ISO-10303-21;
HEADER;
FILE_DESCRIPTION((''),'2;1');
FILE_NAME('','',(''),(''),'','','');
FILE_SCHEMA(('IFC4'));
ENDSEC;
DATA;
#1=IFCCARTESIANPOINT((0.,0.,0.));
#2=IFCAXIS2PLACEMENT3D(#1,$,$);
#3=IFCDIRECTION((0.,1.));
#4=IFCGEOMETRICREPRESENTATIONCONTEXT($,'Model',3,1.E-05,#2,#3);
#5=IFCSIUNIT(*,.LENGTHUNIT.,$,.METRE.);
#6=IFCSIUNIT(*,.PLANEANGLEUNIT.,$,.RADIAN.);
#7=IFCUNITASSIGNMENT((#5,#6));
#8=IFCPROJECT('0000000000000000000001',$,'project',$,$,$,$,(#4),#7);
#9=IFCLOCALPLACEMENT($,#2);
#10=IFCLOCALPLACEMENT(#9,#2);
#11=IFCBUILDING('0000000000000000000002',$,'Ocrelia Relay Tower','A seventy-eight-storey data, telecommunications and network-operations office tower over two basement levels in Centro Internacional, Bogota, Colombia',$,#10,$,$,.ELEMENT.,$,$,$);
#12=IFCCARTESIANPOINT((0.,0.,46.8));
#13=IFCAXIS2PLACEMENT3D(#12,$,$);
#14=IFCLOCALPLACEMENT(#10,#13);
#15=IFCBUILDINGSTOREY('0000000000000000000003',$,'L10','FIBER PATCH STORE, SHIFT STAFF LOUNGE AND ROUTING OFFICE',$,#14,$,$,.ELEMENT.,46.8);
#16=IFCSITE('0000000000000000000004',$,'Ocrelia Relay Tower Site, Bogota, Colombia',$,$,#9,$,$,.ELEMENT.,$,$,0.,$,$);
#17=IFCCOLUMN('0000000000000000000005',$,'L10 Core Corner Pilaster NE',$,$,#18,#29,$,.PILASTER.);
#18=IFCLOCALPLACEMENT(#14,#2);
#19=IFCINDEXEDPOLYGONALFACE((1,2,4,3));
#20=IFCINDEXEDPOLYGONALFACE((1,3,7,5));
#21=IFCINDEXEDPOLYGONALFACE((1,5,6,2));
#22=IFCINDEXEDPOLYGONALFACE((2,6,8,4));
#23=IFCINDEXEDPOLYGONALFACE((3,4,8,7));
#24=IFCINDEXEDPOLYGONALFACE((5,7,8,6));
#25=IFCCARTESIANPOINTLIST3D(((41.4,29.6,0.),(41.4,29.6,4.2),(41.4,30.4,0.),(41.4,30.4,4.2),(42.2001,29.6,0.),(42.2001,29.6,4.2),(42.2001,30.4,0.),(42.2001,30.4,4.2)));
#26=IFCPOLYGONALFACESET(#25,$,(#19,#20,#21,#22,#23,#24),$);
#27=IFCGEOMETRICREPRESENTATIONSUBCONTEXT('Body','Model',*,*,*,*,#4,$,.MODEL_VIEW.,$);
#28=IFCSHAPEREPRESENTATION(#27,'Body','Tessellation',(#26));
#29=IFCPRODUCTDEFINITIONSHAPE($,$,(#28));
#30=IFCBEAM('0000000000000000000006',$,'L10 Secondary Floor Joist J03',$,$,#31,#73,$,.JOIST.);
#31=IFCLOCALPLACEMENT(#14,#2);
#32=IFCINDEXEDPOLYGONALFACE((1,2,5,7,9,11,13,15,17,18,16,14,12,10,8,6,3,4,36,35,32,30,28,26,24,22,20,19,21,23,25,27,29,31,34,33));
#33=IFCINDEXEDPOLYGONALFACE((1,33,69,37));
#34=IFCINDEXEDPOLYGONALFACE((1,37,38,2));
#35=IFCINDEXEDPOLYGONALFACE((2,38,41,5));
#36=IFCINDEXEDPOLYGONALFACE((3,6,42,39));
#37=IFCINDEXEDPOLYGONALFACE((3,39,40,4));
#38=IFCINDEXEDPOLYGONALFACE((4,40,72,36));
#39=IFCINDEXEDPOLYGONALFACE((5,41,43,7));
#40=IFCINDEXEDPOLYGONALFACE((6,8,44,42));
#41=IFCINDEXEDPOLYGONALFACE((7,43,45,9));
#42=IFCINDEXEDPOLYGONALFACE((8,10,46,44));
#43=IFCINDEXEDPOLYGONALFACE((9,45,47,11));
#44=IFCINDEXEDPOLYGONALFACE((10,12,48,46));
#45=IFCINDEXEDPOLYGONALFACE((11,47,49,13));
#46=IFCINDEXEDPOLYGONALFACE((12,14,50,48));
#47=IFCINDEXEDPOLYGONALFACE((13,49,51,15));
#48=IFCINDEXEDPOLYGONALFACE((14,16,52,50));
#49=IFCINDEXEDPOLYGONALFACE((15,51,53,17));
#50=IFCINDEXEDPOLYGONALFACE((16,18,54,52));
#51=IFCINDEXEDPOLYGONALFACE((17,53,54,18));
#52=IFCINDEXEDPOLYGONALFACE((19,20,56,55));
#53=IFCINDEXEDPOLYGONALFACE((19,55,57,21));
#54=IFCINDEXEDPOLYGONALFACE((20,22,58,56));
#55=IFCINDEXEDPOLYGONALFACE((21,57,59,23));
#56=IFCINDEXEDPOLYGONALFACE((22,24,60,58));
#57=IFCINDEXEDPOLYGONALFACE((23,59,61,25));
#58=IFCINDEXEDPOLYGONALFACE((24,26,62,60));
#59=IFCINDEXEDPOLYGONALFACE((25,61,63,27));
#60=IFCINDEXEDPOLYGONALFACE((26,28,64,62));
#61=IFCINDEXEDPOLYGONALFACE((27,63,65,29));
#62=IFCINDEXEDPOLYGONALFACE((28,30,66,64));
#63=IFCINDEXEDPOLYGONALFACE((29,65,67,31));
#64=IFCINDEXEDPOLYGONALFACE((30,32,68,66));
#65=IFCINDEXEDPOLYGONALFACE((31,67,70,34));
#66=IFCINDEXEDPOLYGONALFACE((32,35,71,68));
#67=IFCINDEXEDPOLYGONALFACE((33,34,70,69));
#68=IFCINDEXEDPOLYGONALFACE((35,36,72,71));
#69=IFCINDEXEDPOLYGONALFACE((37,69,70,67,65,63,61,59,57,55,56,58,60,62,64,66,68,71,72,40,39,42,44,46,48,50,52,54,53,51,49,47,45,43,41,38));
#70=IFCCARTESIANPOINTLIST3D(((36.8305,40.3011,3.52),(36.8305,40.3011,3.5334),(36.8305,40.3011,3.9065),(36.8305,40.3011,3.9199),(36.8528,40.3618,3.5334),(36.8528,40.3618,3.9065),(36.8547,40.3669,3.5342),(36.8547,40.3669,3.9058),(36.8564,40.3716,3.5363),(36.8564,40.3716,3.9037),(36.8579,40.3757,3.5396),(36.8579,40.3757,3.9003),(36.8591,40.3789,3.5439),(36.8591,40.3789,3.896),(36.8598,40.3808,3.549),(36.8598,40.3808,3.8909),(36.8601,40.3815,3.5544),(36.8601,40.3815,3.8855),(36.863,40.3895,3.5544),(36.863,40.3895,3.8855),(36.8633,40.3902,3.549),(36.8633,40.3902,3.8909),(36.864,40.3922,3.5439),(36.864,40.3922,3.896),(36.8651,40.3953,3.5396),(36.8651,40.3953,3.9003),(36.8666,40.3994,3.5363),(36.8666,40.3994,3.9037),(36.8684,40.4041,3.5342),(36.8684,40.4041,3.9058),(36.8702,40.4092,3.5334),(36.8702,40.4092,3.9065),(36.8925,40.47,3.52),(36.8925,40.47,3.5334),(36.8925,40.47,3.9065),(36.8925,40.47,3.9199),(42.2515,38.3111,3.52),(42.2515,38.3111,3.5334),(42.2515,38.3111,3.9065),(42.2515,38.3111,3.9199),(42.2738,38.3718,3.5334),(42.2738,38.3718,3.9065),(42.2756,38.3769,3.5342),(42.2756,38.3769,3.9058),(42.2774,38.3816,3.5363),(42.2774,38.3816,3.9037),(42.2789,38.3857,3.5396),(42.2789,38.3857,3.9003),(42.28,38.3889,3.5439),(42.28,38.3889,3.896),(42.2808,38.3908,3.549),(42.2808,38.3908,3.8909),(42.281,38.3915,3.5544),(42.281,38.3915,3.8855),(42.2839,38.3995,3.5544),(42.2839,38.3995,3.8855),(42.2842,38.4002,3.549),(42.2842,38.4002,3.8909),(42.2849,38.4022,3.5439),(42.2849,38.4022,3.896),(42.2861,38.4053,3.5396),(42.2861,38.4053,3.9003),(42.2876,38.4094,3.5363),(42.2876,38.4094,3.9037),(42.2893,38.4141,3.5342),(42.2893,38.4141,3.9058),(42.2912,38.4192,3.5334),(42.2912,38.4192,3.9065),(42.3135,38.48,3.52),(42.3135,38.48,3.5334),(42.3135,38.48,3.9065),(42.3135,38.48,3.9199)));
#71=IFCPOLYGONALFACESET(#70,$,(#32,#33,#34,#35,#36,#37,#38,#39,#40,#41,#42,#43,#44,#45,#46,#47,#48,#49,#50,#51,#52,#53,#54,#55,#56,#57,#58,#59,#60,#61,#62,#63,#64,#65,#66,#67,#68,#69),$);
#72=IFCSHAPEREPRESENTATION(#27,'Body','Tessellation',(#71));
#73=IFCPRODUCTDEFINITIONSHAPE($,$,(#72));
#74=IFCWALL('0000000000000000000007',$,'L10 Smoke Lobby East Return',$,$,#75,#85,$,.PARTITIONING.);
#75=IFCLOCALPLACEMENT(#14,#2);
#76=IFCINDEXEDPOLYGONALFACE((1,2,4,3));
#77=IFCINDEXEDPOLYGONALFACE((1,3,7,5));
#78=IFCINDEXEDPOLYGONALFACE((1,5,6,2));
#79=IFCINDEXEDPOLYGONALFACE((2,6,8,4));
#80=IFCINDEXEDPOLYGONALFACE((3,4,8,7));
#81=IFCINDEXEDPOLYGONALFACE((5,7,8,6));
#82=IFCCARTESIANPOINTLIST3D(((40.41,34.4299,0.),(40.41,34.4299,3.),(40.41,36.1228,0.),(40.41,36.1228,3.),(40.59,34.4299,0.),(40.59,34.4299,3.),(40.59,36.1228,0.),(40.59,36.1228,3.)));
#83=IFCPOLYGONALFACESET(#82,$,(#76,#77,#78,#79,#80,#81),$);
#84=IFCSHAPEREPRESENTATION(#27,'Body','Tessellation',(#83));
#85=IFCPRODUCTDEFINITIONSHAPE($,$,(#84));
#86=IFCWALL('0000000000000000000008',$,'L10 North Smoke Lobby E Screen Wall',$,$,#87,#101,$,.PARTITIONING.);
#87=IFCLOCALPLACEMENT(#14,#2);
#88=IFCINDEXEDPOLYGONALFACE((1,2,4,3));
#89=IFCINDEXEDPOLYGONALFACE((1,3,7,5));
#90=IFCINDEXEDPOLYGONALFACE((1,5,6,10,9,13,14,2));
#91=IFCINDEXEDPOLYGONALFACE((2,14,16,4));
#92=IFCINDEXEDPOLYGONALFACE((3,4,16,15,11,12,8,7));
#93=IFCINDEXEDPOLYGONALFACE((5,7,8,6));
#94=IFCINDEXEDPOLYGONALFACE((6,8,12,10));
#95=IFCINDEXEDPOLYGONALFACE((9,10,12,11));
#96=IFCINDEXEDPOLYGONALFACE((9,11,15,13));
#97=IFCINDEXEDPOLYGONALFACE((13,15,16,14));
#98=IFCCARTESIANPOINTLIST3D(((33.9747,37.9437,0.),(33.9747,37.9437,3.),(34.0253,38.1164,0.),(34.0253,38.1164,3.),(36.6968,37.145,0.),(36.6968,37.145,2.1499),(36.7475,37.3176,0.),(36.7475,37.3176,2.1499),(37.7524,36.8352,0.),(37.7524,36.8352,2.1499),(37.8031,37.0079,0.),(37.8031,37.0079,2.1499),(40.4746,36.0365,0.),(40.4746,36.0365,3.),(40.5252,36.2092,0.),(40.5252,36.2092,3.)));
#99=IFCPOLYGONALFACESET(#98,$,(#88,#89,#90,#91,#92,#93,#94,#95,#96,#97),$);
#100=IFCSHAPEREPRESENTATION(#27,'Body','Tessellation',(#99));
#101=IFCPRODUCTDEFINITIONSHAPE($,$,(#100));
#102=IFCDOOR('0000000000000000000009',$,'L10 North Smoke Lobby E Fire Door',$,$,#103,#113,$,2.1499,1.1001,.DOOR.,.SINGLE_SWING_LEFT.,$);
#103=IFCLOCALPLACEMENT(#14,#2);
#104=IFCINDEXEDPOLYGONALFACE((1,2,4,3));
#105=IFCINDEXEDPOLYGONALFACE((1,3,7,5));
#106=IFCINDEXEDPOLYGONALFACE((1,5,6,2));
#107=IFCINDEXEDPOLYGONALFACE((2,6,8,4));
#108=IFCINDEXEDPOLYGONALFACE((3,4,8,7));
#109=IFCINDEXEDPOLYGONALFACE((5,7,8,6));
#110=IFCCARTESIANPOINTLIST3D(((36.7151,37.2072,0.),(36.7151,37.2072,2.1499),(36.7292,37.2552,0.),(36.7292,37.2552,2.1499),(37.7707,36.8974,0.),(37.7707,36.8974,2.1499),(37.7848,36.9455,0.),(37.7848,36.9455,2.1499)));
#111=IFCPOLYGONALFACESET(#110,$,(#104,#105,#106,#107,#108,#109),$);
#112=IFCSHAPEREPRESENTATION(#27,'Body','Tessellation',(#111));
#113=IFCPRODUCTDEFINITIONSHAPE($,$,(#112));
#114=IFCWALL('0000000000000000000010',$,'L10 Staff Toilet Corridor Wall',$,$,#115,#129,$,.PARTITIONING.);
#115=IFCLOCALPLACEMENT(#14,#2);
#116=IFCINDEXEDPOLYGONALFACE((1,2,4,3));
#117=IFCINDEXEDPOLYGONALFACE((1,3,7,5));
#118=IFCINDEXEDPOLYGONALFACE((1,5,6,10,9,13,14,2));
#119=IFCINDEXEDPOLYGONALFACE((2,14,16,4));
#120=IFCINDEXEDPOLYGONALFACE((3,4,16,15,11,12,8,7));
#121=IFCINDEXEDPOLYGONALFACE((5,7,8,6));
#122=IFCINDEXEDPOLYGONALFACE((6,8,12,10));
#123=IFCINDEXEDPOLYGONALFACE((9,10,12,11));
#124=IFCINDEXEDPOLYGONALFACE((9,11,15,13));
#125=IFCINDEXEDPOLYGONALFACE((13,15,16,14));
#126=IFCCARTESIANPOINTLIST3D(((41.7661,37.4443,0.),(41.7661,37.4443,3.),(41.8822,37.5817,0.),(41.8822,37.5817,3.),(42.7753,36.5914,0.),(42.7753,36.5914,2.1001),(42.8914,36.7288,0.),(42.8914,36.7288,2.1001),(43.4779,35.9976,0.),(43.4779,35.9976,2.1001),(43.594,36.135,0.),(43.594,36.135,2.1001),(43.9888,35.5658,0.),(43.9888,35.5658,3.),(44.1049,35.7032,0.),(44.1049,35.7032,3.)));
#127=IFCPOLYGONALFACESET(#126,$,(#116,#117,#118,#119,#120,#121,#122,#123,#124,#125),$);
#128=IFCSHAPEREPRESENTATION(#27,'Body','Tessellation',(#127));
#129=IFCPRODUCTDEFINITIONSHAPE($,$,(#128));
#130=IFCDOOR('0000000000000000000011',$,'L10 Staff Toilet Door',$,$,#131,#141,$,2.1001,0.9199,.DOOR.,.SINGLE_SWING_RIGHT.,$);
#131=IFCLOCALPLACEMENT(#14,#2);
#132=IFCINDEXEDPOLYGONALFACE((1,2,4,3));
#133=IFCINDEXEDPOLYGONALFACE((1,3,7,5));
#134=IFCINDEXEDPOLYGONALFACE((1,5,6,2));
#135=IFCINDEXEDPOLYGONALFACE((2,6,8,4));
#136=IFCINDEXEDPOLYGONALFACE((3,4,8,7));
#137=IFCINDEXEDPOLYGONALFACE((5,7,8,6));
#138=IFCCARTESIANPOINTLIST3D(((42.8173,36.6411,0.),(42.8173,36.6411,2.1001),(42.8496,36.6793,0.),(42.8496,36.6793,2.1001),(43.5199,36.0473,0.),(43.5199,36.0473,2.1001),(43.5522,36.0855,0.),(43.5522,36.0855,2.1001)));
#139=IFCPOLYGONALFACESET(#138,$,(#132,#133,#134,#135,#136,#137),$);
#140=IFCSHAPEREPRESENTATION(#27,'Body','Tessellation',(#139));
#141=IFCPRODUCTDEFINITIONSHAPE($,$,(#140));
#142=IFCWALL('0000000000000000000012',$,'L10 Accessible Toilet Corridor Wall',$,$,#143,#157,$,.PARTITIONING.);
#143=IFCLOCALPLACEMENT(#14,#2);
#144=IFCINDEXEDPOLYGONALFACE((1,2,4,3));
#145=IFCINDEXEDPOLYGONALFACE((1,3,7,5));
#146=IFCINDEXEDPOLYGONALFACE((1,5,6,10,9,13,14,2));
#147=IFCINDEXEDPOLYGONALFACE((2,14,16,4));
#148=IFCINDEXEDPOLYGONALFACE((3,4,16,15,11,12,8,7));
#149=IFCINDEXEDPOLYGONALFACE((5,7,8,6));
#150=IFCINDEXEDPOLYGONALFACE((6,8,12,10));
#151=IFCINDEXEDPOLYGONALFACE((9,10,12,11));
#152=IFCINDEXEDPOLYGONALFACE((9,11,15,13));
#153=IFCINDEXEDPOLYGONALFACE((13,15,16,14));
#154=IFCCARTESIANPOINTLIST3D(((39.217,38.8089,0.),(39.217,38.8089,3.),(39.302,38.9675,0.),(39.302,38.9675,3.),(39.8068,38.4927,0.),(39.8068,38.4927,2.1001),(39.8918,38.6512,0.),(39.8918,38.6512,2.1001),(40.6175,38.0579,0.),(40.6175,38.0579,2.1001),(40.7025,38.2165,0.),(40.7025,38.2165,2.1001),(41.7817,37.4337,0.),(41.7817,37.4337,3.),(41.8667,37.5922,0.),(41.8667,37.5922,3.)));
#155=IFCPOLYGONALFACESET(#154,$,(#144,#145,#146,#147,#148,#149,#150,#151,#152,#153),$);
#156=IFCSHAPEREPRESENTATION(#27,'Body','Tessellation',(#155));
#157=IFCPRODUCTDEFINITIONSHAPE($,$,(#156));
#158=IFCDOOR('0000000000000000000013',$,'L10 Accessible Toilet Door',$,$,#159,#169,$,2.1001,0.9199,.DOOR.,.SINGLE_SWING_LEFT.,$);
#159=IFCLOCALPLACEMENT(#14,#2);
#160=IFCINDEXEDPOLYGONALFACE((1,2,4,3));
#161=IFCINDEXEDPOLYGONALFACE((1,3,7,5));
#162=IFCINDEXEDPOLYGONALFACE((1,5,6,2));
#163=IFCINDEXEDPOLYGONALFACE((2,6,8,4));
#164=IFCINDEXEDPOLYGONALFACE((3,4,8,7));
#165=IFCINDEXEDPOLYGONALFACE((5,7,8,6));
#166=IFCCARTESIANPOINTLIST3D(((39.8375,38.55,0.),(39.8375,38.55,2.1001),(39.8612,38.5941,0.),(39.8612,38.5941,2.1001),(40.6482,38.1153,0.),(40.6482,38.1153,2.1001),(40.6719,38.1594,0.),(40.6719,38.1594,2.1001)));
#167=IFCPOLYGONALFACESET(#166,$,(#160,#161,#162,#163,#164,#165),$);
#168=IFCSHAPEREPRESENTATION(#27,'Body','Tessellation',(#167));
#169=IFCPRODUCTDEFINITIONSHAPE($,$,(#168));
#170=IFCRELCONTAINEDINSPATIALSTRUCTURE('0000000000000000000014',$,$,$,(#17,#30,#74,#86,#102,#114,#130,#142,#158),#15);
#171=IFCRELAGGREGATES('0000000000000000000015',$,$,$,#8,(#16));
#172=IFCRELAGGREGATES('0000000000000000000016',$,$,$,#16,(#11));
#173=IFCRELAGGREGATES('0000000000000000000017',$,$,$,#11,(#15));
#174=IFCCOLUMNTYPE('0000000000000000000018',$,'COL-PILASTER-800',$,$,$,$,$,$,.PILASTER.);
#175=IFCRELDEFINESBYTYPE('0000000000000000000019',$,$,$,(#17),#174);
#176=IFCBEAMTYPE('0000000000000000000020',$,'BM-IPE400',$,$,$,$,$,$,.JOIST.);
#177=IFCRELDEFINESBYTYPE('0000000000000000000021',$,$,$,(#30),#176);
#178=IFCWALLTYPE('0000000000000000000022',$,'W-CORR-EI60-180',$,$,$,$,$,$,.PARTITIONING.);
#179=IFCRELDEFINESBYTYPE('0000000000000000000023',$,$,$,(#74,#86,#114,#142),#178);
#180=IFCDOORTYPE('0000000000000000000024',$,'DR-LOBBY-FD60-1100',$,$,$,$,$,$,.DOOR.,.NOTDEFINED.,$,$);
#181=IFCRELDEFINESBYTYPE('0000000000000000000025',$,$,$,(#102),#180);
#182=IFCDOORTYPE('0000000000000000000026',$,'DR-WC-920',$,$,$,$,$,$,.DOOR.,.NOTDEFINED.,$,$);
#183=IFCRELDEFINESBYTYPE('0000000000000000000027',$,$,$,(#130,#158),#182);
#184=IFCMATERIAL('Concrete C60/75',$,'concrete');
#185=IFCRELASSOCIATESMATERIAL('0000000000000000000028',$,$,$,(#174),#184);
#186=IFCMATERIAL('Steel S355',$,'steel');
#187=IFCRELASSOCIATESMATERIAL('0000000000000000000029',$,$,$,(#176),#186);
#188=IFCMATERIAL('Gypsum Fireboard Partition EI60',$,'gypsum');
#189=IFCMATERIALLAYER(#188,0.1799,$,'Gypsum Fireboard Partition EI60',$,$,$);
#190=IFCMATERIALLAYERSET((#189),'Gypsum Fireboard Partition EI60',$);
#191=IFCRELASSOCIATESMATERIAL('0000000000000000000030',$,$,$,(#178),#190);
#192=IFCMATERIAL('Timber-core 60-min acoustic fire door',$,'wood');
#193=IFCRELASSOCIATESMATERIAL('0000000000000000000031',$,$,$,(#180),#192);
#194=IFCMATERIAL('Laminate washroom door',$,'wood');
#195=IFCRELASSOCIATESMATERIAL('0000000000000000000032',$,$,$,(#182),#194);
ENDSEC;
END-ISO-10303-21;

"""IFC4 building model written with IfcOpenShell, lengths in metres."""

from ifc_helpers import new_model, si_unit, direction, frame, frame_2d, origin, origin_2d, place, context, subcontext, project, spatial, rectangle, i_section, extrude, material, layer, layer_set, material_profile, profile_set, type_object, element, fill, save


model = new_model("IFC4")

# Units and contexts
model_context = context("Model", 3, precision=1e-05, world=origin(), true_north=direction((0.0, 1.0)))
body_context = subcontext(model_context, "Body", "Model", "MODEL_VIEW")
ifc_project = project(units=[si_unit("LENGTHUNIT", "METRE"), si_unit("PLANEANGLEUNIT", "RADIAN")], contexts=[model_context])

# Site, building, storey
site_placement = place(None, origin())
site = spatial("IfcSite", under=ifc_project, at=site_placement, Name="Ocrelia Relay Tower Site, Bogota, Colombia", CompositionType="ELEMENT", RefElevation=0.0)
building_placement = place(site_placement, origin())
building = spatial("IfcBuilding", under=site, at=building_placement, Name="Ocrelia Relay Tower", Description="A seventy-eight-storey data, telecommunications and network-operations office tower over two basement levels in Centro Internacional, Bogota, Colombia", CompositionType="ELEMENT")
storey_placement = place(building_placement, frame((0.0, 0.0, 46.8)))
storey = spatial("IfcBuildingStorey", under=building, at=storey_placement, Name="L10", Description="FIBER PATCH STORE, SHIFT STAFF LOUNGE AND ROUTING OFFICE", CompositionType="ELEMENT", Elevation=46.8)

# Column
ifc_material_1 = material(Name="Concrete C60/75", Category="concrete")
ifc_material_profile_1 = material_profile(ifc_material_1, rectangle(XDim=0.8, YDim=0.8, at=origin_2d()), Name="RC-COL-800x800")
ifc_profile_set_1 = profile_set([ifc_material_profile_1], Name="Concrete C60/75")
column_type = type_object("IfcColumnType", Name="COL-PILASTER-800", PredefinedType="PILASTER", material=ifc_profile_set_1)
column_placement = place(storey_placement, frame((41.8, 30.0, 0.0), z_axis=(0.0, 0.0, 1.0), x_axis=(1.0, 0.0, 0.0)))
element("IfcColumn", 1, at=column_placement, inside=storey, type_object=column_type, Name="L10 Core Corner Pilaster NE", PredefinedType="PILASTER", context=body_context, shape_type="SweptSolid", body=[
    extrude(rectangle(XDim=0.8, YDim=0.8, at=origin_2d()), origin(), (0.0, 0.0, 1.0), 4.2),
])

# Beam
ifc_material_2 = material(Name="Steel S355", Category="steel")
ifc_material_profile_2 = material_profile(ifc_material_2, i_section(OverallWidth=0.1799, OverallDepth=0.3999, WebThickness=0.0085, FlangeThickness=0.0134, FilletRadius=0.021, at=origin_2d()), Name="IPE 400")
ifc_profile_set_2 = profile_set([ifc_material_profile_2], Name="Steel S355")
beam_type = type_object("IfcBeamType", Name="BM-IPE400", PredefinedType="JOIST", material=ifc_profile_set_2)
beam_placement = place(storey_placement, frame((42.2825, 38.3955, 3.72), z_axis=(-0.938746, 0.34461, 0.0), x_axis=(-0.34461, -0.938746, 0.0)))
element("IfcBeam", 2, at=beam_placement, inside=storey, type_object=beam_type, Name="L10 Secondary Floor Joist J03", PredefinedType="JOIST", context=body_context, shape_type="SweptSolid", body=[
    extrude(i_section(OverallWidth=0.1799, OverallDepth=0.3999, WebThickness=0.0085, FlangeThickness=0.0134, FilletRadius=0.021, at=origin_2d()), origin(), (0.0, 0.0, 1.0), 5.7747),
])

# Wall
ifc_material_3 = material(Name="Gypsum Fireboard Partition EI60", Category="gypsum")
ifc_layer_1 = layer(ifc_material_3, 0.1799, Name="Gypsum Fireboard Partition EI60")
ifc_layer_set_1 = layer_set([ifc_layer_1], Name="Gypsum Fireboard Partition EI60")
wall_type_1 = type_object("IfcWallType", Name="W-CORR-EI60-180", PredefinedType="PARTITIONING", material=ifc_layer_set_1)
wall_1_placement = place(storey_placement, frame((40.5, 36.1228, 0.0), z_axis=(0.0, 0.0, 1.0), x_axis=(0.0, -1.0, 0.0)))
element("IfcWall", 3, at=wall_1_placement, inside=storey, type_object=wall_type_1, Name="L10 Smoke Lobby East Return", PredefinedType="PARTITIONING", context=body_context, shape_type="SweptSolid", body=[
    extrude(rectangle(XDim=1.6929, YDim=0.1799, at=frame_2d((0.8464, 0.0))), origin(), (0.0, 0.0, 1.0), 3.0),
])

# Walls, openings, doors
wall_2_placement = place(storey_placement, frame((34.0, 38.03, 0.0), z_axis=(0.0, 0.0, 1.0), x_axis=(0.959547, -0.28155, 0.0)))
wall_2 = element("IfcWall", 4, at=wall_2_placement, inside=storey, type_object=wall_type_1, Name="L10 North Smoke Lobby E Screen Wall", PredefinedType="PARTITIONING", context=body_context, shape_type="SweptSolid", body=[
    extrude(rectangle(XDim=6.7739, YDim=0.1799, at=frame_2d((3.387, 0.0))), origin(), (0.0, 0.0, 1.0), 3.0),
])
opening_1_placement = place(wall_2_placement, frame((2.8369, 0.0, 0.0)))
opening_1 = element("IfcOpeningElement", 5, at=opening_1_placement, cuts=wall_2, PredefinedType="OPENING", context=body_context, shape_type="SweptSolid", body=[
    extrude(rectangle(XDim=1.1001, YDim=2.1499, at=frame_2d((0.55, 1.075))), frame((0.0, 0.1001, 0.0), z_axis=(0.0, -1.0, 0.0), x_axis=(1.0, 0.0, 0.0)), (0.0, 0.0, 1.0), 0.2),
])
ifc_material_4 = material(Name="Timber-core 60-min acoustic fire door", Category="wood")
door_type_1 = type_object("IfcDoorType", Name="DR-LOBBY-FD60-1100", OperationType="NOTDEFINED", PredefinedType="DOOR", material=ifc_material_4)
door_1_placement = place(opening_1_placement, origin())
door_1 = element("IfcDoor", 6, at=door_1_placement, inside=storey, type_object=door_type_1, Name="L10 North Smoke Lobby E Fire Door", OperationType="SINGLE_SWING_LEFT", OverallHeight=2.1499, OverallWidth=1.1001, PredefinedType="DOOR", context=body_context, shape_type="SweptSolid", body=[
    extrude(rectangle(XDim=1.1001, YDim=2.1499, at=frame_2d((0.55, 1.075))), frame((0.0, 0.0249, 0.0), z_axis=(0.0, -1.0, 0.0), x_axis=(1.0, 0.0, 0.0)), (0.0, 0.0, 1.0), 0.05),
])
fill(opening_1, door_1)
wall_3_placement = place(storey_placement, frame((44.0469, 35.6345, 0.0), z_axis=(0.0, 0.0, 1.0), x_axis=(-0.763774, 0.645483, 0.0)))
wall_3 = element("IfcWall", 7, at=wall_3_placement, inside=storey, type_object=wall_type_1, Name="L10 Staff Toilet Corridor Wall", PredefinedType="PARTITIONING", context=body_context, shape_type="SweptSolid", body=[
    extrude(rectangle(XDim=2.9102, YDim=0.1799, at=frame_2d((1.4551, 0.0))), origin(), (0.0, 0.0, 1.0), 3.0),
])
opening_2_placement = place(wall_3_placement, frame((0.6689, 0.0, 0.0)))
opening_2 = element("IfcOpeningElement", 8, at=opening_2_placement, cuts=wall_3, PredefinedType="OPENING", context=body_context, shape_type="SweptSolid", body=[
    extrude(rectangle(XDim=0.9199, YDim=2.1001, at=frame_2d((0.46, 1.05))), frame((0.0, 0.1001, 0.0), z_axis=(0.0, -1.0, 0.0), x_axis=(1.0, 0.0, 0.0)), (0.0, 0.0, 1.0), 0.2),
])
ifc_material_5 = material(Name="Laminate washroom door", Category="wood")
door_type_2 = type_object("IfcDoorType", Name="DR-WC-920", OperationType="NOTDEFINED", PredefinedType="DOOR", material=ifc_material_5)
door_2_placement = place(opening_2_placement, origin())
door_2 = element("IfcDoor", 9, at=door_2_placement, inside=storey, type_object=door_type_2, Name="L10 Staff Toilet Door", OperationType="SINGLE_SWING_RIGHT", OverallHeight=2.1001, OverallWidth=0.9199, PredefinedType="DOOR", context=body_context, shape_type="SweptSolid", body=[
    extrude(rectangle(XDim=0.9199, YDim=2.1001, at=frame_2d((0.46, 1.05))), frame((0.0, 0.0249, 0.0), z_axis=(0.0, -1.0, 0.0), x_axis=(1.0, 0.0, 0.0)), (0.0, 0.0, 1.0), 0.05),
])
fill(opening_2, door_2)
wall_4_placement = place(storey_placement, frame((41.8242, 37.5129, 0.0), z_axis=(0.0, 0.0, 1.0), x_axis=(-0.881294, 0.472568, 0.0)))
wall_4 = element("IfcWall", 10, at=wall_4_placement, inside=storey, type_object=wall_type_1, Name="L10 Accessible Toilet Corridor Wall", PredefinedType="PARTITIONING", context=body_context, shape_type="SweptSolid", body=[
    extrude(rectangle(XDim=2.9102, YDim=0.1799, at=frame_2d((1.4551, 0.0))), origin(), (0.0, 0.0, 1.0), 3.0),
])
opening_3_placement = place(wall_4_placement, frame((1.321, 0.0, 0.0)))
opening_3 = element("IfcOpeningElement", 11, at=opening_3_placement, cuts=wall_4, PredefinedType="OPENING", context=body_context, shape_type="SweptSolid", body=[
    extrude(rectangle(XDim=0.9199, YDim=2.1001, at=frame_2d((0.46, 1.05))), frame((0.0, 0.1001, 0.0), z_axis=(0.0, -1.0, 0.0), x_axis=(1.0, 0.0, 0.0)), (0.0, 0.0, 1.0), 0.2),
])
door_3_placement = place(opening_3_placement, origin())
door_3 = element("IfcDoor", 12, at=door_3_placement, inside=storey, type_object=door_type_2, Name="L10 Accessible Toilet Door", OperationType="SINGLE_SWING_LEFT", OverallHeight=2.1001, OverallWidth=0.9199, PredefinedType="DOOR", context=body_context, shape_type="SweptSolid", body=[
    extrude(rectangle(XDim=0.9199, YDim=2.1001, at=frame_2d((0.46, 1.05))), frame((0.0, 0.0249, 0.0), z_axis=(0.0, -1.0, 0.0), x_axis=(1.0, 0.0, 0.0)), (0.0, 0.0, 1.0), 0.05),
])
fill(opening_3, door_3)

save(model, "model.ifc")
